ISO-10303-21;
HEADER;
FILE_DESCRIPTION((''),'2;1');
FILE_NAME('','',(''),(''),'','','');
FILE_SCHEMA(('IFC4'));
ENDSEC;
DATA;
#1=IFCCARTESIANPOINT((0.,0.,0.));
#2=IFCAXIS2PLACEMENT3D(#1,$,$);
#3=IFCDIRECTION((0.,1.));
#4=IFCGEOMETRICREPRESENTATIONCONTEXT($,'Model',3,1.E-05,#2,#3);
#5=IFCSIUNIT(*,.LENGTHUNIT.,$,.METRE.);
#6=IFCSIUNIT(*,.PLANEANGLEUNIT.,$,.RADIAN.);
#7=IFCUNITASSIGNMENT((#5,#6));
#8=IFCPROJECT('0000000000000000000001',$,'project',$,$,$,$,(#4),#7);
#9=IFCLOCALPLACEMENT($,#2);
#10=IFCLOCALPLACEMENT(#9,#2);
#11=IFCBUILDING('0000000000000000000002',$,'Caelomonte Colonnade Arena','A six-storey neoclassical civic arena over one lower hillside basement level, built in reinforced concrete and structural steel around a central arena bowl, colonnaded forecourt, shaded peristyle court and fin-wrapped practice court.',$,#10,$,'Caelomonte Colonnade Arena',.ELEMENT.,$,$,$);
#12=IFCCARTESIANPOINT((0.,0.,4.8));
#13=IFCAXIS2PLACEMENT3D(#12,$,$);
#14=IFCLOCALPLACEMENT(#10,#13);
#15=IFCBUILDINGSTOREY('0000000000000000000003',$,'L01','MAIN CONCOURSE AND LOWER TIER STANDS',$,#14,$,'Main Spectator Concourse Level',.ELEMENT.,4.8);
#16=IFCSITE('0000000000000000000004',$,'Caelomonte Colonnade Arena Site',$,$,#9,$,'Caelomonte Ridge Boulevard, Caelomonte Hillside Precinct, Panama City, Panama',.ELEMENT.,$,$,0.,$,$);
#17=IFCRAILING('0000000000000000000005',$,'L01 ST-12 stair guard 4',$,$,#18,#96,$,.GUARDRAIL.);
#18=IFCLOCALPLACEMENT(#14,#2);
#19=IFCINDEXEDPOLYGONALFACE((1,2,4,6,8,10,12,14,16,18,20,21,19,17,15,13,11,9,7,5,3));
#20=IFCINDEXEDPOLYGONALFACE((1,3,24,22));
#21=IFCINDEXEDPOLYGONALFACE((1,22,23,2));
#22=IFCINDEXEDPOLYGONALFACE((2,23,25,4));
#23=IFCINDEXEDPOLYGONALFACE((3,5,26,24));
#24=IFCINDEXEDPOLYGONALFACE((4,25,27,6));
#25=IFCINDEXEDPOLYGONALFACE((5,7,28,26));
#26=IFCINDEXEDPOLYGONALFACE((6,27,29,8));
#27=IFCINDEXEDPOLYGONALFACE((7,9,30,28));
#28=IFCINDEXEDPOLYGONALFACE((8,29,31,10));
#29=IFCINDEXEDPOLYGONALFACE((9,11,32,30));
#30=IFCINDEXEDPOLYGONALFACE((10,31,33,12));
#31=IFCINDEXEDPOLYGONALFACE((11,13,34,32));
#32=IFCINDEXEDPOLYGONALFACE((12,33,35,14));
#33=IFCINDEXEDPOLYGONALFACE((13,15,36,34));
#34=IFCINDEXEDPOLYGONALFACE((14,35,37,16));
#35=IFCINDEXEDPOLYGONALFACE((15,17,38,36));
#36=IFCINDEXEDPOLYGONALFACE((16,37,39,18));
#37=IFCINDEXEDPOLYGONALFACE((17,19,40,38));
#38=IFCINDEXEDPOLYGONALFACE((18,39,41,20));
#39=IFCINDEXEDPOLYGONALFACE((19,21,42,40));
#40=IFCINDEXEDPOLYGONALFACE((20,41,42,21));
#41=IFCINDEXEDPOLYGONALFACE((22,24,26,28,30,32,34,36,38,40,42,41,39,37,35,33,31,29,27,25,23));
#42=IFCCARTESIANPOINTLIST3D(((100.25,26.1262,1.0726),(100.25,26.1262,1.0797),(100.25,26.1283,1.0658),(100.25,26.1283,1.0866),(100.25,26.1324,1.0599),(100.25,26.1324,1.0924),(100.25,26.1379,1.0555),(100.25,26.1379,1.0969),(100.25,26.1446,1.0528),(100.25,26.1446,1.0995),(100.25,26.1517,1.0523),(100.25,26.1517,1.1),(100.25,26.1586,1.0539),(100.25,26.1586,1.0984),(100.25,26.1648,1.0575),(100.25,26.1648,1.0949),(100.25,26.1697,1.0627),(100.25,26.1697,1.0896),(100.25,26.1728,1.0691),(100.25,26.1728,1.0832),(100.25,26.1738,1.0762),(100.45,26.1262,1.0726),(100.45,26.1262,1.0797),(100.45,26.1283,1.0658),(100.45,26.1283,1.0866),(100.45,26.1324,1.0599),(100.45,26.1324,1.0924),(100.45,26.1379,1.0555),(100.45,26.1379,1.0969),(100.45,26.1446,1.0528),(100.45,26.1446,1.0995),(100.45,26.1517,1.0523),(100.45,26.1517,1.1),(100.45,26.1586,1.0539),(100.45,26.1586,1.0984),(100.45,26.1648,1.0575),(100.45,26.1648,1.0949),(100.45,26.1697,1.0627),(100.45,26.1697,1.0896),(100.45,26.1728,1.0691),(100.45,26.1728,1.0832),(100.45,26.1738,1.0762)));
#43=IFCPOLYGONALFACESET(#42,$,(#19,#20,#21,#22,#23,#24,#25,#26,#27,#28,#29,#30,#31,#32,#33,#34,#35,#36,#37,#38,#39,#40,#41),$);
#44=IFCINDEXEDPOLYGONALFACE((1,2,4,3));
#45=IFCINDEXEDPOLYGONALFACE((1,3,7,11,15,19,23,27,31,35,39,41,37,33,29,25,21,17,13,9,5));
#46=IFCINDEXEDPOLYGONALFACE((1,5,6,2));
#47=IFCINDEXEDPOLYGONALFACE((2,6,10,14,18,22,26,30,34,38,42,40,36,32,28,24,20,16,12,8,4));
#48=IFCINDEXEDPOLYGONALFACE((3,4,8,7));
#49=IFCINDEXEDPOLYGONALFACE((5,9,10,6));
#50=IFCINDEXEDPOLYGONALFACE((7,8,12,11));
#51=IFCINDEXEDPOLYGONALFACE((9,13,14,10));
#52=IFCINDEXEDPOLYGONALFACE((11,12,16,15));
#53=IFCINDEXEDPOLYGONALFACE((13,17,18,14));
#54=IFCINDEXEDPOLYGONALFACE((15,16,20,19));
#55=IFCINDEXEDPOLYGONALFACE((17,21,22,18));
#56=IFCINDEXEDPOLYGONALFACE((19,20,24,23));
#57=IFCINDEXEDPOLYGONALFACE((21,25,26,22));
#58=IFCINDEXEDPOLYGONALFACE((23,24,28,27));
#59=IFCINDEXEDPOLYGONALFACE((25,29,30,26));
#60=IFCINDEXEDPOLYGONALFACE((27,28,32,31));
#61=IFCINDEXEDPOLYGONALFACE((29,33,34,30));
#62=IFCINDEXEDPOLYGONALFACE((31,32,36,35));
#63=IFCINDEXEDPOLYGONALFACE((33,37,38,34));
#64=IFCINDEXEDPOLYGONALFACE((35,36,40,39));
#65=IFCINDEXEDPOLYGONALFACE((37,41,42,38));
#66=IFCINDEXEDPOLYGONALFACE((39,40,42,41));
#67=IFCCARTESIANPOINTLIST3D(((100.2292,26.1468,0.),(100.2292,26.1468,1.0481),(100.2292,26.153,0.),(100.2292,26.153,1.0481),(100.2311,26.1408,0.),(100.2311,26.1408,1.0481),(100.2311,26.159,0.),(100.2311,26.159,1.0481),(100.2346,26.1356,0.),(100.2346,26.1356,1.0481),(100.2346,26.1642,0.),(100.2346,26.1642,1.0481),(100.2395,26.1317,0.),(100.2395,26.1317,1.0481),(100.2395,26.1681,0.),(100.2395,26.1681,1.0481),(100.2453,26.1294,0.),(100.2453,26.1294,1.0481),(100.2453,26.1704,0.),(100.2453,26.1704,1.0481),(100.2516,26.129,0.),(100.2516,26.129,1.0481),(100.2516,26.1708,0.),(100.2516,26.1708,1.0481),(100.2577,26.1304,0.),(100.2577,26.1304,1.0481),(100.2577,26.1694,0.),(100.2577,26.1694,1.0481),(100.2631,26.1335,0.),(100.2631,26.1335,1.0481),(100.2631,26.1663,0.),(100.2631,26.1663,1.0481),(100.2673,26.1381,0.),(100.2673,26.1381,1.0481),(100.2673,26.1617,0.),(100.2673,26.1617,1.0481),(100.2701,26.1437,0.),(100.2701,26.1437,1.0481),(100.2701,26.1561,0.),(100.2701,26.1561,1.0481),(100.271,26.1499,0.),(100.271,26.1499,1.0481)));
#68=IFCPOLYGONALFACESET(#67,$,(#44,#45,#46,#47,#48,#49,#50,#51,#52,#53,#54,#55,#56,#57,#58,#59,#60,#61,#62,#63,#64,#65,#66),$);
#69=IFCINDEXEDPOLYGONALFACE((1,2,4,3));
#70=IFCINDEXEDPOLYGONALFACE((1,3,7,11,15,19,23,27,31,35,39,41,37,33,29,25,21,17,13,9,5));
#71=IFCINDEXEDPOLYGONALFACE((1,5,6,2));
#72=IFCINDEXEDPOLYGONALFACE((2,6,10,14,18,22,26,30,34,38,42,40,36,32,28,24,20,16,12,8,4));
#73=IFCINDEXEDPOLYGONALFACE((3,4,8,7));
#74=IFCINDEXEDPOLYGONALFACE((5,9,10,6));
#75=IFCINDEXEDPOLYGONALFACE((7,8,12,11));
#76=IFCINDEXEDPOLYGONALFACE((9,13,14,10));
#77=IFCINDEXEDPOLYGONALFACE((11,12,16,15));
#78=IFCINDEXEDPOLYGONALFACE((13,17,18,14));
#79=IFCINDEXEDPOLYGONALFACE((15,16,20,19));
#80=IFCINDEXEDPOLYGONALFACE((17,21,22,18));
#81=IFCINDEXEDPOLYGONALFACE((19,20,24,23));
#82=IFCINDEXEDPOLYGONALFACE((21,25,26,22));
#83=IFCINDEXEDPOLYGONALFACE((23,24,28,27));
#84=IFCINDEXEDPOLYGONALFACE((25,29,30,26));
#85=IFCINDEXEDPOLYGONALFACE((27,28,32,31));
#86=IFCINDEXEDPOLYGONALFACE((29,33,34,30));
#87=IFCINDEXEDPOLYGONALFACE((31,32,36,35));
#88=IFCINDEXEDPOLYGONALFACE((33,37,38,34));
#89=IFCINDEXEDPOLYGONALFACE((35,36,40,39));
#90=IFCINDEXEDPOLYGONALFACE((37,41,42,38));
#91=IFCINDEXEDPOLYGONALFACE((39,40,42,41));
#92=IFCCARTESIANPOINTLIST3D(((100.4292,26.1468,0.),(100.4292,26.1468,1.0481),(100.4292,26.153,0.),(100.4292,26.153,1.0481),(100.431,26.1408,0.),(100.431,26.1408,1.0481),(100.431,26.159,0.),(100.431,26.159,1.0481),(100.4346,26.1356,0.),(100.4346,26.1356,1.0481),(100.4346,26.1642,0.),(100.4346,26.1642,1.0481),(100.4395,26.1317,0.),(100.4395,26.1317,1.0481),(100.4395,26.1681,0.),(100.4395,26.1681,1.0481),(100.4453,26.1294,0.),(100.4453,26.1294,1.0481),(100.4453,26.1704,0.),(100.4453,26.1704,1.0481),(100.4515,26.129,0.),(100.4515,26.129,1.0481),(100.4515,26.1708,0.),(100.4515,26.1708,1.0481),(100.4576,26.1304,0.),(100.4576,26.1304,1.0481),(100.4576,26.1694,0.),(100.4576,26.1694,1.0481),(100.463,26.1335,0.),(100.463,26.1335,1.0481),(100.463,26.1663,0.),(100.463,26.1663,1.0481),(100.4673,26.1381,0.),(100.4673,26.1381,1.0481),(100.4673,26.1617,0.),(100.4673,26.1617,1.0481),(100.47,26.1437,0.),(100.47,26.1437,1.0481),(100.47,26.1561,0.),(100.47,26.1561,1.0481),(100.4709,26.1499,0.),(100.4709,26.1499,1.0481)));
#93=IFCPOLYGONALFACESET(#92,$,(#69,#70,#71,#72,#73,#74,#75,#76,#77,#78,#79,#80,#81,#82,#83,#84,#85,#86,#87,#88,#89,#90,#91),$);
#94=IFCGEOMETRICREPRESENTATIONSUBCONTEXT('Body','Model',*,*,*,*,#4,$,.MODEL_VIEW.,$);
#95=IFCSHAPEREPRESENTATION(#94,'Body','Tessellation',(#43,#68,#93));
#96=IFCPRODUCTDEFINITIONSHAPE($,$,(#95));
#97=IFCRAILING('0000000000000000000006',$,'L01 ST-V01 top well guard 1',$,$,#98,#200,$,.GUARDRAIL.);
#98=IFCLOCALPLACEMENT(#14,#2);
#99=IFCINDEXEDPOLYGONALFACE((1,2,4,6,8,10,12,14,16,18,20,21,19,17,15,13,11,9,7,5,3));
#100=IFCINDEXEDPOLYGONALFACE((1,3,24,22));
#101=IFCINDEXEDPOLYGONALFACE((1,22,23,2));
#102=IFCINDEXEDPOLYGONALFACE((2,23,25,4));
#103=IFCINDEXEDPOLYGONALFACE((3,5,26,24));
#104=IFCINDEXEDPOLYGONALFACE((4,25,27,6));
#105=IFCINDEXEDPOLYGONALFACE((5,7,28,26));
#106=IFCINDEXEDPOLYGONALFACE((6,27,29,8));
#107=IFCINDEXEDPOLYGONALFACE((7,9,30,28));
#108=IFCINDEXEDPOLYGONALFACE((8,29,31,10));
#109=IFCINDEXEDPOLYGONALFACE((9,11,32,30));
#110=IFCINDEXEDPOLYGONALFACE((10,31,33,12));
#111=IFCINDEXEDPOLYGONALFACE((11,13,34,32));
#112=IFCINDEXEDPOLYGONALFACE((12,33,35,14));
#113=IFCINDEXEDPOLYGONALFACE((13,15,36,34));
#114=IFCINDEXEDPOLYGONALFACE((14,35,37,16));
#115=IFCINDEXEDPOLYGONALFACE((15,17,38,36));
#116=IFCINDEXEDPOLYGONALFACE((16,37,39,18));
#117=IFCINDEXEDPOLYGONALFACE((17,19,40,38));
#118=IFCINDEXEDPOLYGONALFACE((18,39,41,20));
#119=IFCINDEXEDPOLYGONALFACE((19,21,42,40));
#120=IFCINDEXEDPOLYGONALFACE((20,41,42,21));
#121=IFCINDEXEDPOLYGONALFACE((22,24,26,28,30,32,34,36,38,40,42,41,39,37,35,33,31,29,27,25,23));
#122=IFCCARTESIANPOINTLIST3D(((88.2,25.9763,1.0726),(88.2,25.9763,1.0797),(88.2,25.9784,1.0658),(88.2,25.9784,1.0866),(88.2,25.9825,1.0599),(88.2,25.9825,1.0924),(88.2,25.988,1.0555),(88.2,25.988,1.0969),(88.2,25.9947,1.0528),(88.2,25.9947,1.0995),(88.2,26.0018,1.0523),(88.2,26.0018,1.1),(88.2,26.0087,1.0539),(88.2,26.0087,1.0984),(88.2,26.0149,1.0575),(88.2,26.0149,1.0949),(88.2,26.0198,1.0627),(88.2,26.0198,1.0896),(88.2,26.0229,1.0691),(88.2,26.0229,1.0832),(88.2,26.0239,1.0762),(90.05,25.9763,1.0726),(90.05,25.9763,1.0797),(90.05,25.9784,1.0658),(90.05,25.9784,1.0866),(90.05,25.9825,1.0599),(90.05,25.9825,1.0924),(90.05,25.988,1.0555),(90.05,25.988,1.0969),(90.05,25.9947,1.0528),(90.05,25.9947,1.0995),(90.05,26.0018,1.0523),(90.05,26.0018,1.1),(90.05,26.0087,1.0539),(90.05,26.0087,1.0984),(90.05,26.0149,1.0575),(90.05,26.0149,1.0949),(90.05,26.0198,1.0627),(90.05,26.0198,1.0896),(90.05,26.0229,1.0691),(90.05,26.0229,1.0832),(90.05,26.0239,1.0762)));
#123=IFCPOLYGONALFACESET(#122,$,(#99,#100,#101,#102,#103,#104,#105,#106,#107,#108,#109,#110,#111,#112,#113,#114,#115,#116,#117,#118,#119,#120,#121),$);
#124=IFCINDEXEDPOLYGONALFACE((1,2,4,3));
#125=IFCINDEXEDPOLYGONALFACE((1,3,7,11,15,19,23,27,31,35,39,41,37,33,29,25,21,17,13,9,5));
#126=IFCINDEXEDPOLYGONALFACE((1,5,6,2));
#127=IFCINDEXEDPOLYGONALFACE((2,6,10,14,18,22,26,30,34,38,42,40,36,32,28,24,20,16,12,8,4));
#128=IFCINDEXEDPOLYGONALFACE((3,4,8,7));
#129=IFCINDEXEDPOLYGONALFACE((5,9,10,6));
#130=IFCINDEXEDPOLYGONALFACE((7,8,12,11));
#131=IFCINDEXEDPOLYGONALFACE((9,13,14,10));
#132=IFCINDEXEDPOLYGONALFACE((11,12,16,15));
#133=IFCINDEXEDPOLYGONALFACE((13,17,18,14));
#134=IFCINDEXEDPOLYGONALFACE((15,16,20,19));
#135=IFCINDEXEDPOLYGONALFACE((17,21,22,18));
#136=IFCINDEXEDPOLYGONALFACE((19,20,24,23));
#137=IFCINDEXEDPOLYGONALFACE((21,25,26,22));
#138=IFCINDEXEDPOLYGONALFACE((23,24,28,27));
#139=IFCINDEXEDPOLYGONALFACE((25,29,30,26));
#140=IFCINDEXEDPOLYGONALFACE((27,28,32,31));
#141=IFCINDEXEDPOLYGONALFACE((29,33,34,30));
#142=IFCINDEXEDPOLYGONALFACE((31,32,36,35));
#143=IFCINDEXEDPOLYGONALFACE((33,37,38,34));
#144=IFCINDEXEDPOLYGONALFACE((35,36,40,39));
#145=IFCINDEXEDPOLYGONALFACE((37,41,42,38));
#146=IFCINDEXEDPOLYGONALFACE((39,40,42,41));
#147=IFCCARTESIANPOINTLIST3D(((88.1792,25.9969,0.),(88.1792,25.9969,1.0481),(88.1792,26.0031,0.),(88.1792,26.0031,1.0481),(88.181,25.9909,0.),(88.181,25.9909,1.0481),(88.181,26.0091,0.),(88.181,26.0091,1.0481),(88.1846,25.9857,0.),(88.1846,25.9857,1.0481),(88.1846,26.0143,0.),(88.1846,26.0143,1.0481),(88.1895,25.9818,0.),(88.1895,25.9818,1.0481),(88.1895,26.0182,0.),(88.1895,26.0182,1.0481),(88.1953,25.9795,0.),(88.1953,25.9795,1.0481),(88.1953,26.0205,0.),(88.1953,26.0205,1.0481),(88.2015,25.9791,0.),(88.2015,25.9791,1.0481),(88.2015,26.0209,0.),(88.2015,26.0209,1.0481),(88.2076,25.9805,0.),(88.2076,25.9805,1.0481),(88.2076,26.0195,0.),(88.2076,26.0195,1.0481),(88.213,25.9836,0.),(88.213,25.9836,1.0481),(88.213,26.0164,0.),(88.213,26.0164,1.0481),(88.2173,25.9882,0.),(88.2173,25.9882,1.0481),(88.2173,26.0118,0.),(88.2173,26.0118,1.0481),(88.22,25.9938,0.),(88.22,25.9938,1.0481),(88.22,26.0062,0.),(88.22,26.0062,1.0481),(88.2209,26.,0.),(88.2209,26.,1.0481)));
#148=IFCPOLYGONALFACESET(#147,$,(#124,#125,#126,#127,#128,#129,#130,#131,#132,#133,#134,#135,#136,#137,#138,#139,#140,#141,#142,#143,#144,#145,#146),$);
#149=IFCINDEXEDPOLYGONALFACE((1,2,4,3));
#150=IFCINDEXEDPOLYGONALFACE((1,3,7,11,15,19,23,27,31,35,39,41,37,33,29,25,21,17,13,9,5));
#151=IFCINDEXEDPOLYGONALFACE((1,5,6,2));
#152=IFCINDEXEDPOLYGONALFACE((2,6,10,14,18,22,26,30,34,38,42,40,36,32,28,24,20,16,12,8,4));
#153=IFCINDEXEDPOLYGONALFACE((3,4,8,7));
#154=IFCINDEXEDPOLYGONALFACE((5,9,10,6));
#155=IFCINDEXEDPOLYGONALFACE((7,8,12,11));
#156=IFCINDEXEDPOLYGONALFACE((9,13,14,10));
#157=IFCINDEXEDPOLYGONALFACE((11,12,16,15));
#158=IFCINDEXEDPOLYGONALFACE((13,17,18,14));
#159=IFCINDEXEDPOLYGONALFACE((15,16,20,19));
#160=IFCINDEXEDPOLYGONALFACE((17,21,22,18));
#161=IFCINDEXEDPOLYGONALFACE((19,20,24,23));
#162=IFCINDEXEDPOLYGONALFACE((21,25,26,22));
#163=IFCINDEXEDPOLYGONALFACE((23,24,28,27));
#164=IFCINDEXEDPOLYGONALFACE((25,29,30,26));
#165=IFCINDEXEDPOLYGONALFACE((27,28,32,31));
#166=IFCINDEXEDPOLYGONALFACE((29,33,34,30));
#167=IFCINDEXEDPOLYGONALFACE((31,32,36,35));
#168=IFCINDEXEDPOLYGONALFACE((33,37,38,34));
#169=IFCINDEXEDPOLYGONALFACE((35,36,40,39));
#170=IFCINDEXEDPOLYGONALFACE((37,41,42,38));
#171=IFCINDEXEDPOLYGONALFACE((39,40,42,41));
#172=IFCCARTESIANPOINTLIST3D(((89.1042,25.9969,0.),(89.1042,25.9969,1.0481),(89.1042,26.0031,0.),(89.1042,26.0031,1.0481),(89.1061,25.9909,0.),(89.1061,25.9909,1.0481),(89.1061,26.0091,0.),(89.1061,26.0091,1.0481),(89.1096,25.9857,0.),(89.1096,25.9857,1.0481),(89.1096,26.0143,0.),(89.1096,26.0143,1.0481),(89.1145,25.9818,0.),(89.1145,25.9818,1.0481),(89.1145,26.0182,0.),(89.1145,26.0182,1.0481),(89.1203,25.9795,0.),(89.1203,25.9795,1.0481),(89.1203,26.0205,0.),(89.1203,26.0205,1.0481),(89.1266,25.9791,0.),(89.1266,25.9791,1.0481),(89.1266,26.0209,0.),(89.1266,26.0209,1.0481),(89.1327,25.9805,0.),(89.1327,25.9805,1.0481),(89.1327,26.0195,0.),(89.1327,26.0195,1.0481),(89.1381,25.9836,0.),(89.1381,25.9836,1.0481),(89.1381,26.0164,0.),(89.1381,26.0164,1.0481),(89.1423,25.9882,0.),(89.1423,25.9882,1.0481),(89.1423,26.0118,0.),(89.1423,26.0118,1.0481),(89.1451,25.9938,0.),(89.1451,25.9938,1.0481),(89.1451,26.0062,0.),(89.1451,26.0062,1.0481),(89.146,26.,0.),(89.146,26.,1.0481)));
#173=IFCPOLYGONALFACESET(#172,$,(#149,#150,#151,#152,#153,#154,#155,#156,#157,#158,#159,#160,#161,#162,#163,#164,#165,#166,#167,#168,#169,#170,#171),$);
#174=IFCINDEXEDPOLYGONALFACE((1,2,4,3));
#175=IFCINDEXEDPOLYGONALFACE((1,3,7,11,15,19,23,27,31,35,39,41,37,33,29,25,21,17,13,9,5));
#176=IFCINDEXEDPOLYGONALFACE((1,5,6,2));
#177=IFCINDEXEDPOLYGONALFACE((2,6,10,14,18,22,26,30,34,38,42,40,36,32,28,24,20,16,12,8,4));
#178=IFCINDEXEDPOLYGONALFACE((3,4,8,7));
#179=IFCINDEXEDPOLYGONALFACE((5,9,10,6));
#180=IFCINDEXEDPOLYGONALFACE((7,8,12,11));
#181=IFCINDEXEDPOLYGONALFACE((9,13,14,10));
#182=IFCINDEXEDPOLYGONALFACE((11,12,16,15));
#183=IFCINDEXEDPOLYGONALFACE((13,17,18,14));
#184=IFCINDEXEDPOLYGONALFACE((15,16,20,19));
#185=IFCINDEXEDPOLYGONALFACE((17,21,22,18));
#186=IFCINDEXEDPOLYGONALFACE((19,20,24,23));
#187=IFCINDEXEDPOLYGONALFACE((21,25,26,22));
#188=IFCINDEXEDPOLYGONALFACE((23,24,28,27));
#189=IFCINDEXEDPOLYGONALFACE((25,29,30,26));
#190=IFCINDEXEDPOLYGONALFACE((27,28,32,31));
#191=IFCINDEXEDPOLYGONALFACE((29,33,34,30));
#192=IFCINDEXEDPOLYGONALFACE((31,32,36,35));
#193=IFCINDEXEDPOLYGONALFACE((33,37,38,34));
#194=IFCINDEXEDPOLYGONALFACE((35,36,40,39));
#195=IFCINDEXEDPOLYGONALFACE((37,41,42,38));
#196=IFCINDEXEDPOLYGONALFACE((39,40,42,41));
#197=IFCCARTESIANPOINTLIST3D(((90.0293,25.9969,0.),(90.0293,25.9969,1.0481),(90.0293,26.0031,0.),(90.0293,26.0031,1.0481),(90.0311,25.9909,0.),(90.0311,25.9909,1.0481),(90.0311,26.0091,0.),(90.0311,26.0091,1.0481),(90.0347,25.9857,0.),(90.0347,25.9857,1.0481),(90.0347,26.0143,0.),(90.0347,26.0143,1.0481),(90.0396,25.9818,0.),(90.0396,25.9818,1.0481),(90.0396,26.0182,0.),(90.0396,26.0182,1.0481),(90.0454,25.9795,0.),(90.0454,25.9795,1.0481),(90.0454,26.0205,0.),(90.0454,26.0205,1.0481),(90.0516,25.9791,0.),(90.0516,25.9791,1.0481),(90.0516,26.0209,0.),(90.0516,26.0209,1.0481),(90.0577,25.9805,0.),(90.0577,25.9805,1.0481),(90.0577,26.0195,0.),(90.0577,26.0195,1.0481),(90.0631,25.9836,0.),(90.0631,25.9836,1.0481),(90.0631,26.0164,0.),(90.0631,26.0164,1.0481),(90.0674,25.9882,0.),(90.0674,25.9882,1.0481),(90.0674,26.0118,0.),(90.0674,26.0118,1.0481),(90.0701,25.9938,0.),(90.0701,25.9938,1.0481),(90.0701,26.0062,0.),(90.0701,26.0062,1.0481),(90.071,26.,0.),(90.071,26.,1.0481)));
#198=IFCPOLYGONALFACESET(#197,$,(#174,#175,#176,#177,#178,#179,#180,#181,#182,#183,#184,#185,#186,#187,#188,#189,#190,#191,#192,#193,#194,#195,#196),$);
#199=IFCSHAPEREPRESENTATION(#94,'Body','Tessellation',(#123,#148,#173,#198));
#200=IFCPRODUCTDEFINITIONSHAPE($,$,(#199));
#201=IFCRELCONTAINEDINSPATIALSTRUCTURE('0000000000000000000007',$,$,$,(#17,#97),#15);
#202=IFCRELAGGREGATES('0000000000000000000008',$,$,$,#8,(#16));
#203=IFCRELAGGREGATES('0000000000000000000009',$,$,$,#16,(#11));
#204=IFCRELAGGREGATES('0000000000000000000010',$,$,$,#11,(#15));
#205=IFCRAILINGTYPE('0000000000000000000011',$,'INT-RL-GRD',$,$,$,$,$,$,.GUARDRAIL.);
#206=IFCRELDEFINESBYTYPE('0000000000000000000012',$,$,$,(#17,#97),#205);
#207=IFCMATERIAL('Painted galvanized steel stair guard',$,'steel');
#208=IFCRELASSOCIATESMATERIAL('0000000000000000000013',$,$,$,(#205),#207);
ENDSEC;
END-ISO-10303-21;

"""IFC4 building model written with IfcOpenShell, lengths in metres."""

from ifc_helpers import new_model, si_unit, direction, frame, origin, origin_2d, place, context, subcontext, project, spatial, circle, extrude, material, type_object, element, save


model = new_model("IFC4")

# Units and contexts
model_context = context("Model", 3, precision=1e-05, world=origin(), true_north=direction((0.0, 1.0)))
body_context = subcontext(model_context, "Body", "Model", "MODEL_VIEW")
ifc_project = project(units=[si_unit("LENGTHUNIT", "METRE"), si_unit("PLANEANGLEUNIT", "RADIAN")], contexts=[model_context])

# Site, building, storey
site_placement = place(None, origin())
site = spatial("IfcSite", under=ifc_project, at=site_placement, Name="Caelomonte Colonnade Arena Site", LongName="Caelomonte Ridge Boulevard, Caelomonte Hillside Precinct, Panama City, Panama", CompositionType="ELEMENT", RefElevation=0.0)
building_placement = place(site_placement, origin())
building = spatial("IfcBuilding", under=site, at=building_placement, Name="Caelomonte Colonnade Arena", Description="A six-storey neoclassical civic arena over one lower hillside basement level, built in reinforced concrete and structural steel around a central arena bowl, colonnaded forecourt, shaded peristyle court and fin-wrapped practice court.", LongName="Caelomonte Colonnade Arena", CompositionType="ELEMENT")
storey_placement = place(building_placement, frame((0.0, 0.0, 4.8)))
storey = spatial("IfcBuildingStorey", under=building, at=storey_placement, Name="L01", Description="MAIN CONCOURSE AND LOWER TIER STANDS", LongName="Main Spectator Concourse Level", CompositionType="ELEMENT", Elevation=4.8)

# Railings
ifc_material_1 = material(Name="Painted galvanized steel stair guard", Category="steel")
railing_type_1 = type_object("IfcRailingType", Name="INT-RL-GRD", PredefinedType="GUARDRAIL", material=ifc_material_1)
railing_1_placement = place(storey_placement, frame((100.25, 26.1499, 0.0)))
element("IfcRailing", 1, at=railing_1_placement, inside=storey, type_object=railing_type_1, Name="L01 ST-12 stair guard 4", PredefinedType="GUARDRAIL", context=body_context, shape_type="SweptSolid", body=[
    extrude(circle(Radius=0.0239, at=origin_2d()), frame((0.0, 0.0, 1.0762), z_axis=(1.0, 0.0, 0.0), x_axis=(0.0, 1.0, 0.0)), (0.0, 0.0, 1.0), 0.2),
    extrude(circle(Radius=0.021, at=origin_2d()), origin(), (0.0, 0.0, 1.0), 1.0481),
    extrude(circle(Radius=0.021, at=origin_2d()), frame((0.2, 0.0, 0.0)), (0.0, 0.0, 1.0), 1.0481),
])
for number, where, name in (
    (2, (88.2, 26.0, 0.0), "L01 ST-V01 top well guard 1"),
):
    element("IfcRailing", number, at=place(storey_placement, frame(where)), inside=storey, type_object=railing_type_1, Name=name, PredefinedType="GUARDRAIL", context=body_context, shape_type="SweptSolid", body=[
        extrude(circle(Radius=0.0239, at=origin_2d()), frame((0.0, 0.0, 1.0762), z_axis=(1.0, 0.0, 0.0), x_axis=(0.0, 1.0, 0.0)), (0.0, 0.0, 1.0), 1.8501),
        extrude(circle(Radius=0.021, at=origin_2d()), origin(), (0.0, 0.0, 1.0), 1.0481),
        extrude(circle(Radius=0.021, at=origin_2d()), frame((0.925, 0.0, 0.0)), (0.0, 0.0, 1.0), 1.0481),
        extrude(circle(Radius=0.021, at=origin_2d()), frame((1.8501, 0.0, 0.0)), (0.0, 0.0, 1.0), 1.0481),
    ])

save(model, "model.ifc")
